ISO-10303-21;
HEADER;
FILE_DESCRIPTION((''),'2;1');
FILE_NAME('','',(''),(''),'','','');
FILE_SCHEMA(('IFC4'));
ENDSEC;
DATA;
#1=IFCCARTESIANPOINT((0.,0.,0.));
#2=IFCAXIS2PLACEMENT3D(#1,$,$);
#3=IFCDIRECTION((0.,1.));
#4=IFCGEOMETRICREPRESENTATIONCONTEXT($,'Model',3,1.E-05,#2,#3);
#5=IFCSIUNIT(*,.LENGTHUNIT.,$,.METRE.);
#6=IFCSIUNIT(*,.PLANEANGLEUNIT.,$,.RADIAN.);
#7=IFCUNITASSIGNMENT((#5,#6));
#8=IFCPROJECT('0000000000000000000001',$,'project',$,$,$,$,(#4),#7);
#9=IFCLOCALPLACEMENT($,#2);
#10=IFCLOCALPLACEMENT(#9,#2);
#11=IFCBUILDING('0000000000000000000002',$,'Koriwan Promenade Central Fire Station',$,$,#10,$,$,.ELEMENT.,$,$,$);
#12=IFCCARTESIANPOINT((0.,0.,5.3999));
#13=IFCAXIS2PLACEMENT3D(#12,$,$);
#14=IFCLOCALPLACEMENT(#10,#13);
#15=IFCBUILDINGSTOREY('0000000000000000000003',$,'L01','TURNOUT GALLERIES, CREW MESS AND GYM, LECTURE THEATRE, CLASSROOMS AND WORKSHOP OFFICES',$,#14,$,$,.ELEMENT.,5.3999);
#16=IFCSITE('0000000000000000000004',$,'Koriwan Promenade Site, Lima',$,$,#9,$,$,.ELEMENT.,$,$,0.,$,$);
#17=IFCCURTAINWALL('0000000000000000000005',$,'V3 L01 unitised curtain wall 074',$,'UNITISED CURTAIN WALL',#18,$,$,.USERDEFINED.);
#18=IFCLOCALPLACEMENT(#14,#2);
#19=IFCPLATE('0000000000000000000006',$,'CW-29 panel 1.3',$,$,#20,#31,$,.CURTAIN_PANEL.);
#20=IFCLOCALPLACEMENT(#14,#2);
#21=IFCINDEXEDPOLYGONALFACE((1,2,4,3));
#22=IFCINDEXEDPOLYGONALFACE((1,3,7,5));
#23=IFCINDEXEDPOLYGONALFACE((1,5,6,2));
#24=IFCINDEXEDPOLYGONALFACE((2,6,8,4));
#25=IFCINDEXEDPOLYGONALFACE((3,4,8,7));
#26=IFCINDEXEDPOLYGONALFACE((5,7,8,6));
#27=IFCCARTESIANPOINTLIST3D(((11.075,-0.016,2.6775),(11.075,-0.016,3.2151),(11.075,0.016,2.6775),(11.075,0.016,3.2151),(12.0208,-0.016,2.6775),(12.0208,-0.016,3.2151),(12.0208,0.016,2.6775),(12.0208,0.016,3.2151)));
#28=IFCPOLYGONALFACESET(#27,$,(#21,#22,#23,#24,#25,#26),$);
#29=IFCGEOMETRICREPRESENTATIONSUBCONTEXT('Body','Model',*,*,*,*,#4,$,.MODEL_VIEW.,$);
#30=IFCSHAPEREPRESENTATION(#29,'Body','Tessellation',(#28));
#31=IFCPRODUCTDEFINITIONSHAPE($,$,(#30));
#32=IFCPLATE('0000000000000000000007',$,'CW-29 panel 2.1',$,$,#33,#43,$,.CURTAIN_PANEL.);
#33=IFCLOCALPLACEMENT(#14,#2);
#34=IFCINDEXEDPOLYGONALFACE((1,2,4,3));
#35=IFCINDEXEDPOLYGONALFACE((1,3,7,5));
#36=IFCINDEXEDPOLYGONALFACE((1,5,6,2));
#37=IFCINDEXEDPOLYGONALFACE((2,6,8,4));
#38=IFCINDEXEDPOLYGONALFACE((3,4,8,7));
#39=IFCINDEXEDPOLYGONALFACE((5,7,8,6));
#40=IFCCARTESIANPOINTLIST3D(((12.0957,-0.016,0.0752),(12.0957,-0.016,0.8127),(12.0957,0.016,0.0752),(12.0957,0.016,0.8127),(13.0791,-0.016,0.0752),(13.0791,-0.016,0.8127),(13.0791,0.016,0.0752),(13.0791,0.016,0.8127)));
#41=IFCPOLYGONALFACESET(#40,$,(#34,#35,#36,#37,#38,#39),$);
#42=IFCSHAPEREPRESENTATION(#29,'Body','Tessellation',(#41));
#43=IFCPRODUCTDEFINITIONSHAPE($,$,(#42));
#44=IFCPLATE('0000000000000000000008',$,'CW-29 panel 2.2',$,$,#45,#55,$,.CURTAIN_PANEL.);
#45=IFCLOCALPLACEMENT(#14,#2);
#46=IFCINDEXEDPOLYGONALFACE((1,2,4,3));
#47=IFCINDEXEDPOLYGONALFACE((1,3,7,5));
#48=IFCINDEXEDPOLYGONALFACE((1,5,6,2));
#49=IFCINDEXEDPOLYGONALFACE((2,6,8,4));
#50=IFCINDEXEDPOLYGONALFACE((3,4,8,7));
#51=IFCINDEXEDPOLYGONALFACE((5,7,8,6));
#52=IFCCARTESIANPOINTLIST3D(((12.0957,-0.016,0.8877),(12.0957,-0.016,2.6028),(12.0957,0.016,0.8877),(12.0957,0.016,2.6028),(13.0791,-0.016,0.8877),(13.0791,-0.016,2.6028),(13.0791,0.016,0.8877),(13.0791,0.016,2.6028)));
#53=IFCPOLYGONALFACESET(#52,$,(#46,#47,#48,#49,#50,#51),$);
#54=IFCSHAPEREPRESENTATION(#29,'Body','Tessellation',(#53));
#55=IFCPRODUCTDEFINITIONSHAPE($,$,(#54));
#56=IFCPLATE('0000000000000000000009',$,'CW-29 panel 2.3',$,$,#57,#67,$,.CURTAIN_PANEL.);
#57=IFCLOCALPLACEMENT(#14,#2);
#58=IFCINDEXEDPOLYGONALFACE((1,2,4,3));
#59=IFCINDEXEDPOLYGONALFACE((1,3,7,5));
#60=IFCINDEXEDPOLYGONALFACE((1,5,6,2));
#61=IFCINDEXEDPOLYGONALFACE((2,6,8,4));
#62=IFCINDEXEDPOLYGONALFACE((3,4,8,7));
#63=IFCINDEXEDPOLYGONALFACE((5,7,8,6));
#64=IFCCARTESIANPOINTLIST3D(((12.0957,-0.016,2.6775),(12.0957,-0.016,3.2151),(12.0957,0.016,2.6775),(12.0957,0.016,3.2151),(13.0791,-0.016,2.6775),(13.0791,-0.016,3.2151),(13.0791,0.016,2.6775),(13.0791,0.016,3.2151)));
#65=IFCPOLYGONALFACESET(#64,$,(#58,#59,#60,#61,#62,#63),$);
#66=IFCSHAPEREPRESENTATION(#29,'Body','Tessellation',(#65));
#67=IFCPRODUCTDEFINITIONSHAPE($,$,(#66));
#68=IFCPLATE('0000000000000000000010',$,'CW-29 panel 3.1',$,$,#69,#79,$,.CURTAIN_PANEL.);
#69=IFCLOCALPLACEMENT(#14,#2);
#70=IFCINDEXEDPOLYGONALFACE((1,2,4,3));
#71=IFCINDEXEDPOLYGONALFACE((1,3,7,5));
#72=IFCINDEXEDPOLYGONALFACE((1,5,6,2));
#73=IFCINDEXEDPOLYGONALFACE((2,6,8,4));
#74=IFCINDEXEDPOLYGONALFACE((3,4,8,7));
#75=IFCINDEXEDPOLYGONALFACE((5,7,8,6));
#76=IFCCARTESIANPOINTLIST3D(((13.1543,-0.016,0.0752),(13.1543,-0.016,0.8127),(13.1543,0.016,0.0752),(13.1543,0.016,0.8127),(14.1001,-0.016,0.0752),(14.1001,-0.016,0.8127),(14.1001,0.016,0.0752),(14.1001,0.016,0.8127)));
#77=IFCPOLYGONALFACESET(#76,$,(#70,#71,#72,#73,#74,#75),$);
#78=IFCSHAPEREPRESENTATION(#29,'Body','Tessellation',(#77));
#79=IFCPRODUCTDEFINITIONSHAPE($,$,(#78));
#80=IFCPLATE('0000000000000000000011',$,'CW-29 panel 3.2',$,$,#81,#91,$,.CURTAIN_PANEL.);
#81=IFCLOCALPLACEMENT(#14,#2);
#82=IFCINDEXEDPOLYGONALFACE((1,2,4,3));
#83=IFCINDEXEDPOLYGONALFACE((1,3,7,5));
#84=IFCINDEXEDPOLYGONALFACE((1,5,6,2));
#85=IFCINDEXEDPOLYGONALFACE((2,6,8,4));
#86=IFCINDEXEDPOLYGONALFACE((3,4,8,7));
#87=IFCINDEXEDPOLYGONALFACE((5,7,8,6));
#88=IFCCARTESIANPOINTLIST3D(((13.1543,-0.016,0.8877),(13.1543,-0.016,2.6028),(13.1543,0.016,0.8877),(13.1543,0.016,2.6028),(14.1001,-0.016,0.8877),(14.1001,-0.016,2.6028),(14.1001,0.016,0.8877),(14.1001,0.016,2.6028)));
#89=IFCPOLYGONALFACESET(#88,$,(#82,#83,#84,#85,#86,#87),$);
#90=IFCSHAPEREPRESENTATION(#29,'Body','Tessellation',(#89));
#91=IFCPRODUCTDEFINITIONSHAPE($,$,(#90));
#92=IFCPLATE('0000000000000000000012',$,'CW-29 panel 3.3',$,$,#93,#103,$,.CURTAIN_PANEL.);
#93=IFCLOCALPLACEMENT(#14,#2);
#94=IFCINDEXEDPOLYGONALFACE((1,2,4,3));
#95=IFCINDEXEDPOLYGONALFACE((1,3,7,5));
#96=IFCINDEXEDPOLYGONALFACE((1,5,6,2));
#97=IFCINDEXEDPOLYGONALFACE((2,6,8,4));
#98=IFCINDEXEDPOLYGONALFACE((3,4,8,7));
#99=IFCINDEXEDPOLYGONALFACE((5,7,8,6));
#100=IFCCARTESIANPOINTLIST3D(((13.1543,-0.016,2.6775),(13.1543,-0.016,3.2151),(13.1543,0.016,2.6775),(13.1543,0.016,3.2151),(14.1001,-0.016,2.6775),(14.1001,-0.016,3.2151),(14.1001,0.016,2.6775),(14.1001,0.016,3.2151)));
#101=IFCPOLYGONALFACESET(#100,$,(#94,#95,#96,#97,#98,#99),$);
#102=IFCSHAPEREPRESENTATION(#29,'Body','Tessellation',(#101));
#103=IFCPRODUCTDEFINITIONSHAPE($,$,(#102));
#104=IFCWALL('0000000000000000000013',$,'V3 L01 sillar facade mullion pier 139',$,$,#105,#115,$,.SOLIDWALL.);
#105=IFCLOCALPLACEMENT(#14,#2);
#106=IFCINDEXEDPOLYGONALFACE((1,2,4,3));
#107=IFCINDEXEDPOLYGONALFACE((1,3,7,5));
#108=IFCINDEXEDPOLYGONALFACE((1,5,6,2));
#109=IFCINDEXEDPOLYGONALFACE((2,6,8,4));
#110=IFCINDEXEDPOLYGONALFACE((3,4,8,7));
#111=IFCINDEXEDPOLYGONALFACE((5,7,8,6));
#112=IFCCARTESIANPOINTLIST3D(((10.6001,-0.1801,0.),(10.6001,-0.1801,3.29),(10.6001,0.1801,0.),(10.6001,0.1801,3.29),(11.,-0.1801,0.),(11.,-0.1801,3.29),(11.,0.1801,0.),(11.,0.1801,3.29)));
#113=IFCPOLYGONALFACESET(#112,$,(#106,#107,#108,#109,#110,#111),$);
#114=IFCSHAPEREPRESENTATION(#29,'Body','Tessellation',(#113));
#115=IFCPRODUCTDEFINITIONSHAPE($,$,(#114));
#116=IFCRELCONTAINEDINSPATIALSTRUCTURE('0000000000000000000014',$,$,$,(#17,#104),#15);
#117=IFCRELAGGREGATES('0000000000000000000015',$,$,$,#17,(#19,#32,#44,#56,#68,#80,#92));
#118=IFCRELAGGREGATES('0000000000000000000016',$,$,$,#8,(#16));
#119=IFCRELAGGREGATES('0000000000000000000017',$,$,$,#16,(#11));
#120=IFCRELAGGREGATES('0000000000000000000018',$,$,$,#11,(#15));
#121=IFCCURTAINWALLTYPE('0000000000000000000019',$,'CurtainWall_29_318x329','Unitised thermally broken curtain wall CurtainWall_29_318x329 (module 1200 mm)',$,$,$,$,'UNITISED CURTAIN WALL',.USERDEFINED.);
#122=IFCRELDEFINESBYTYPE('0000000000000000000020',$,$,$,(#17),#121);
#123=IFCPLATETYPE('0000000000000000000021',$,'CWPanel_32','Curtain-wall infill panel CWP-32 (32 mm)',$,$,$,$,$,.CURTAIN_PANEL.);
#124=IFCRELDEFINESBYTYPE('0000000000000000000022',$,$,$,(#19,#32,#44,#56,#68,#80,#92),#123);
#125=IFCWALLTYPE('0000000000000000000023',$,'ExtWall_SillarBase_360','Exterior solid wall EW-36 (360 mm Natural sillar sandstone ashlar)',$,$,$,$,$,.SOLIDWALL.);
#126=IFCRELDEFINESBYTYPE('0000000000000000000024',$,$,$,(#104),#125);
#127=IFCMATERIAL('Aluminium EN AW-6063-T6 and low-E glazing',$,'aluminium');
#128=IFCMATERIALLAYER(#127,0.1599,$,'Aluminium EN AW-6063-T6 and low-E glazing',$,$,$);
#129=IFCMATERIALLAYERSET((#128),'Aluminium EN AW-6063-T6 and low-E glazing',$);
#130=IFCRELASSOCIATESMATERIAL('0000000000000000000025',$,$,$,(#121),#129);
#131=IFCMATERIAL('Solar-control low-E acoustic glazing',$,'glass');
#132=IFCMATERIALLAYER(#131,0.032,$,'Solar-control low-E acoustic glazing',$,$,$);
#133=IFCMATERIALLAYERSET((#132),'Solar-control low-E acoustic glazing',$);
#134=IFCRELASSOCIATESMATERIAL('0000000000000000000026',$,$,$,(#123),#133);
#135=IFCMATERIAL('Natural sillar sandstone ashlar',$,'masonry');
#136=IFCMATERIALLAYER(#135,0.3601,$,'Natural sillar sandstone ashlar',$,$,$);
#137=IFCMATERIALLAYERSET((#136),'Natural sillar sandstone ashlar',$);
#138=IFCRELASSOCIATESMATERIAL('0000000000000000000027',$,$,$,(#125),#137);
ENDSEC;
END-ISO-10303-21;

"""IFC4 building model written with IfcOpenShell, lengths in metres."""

from ifc_helpers import new_model, si_unit, direction, frame, frame_2d, origin, origin_2d, place, context, subcontext, project, spatial, rectangle, extrude, material, layer, layer_set, type_object, element, aggregate, save


model = new_model("IFC4")

# Units and contexts
model_context = context("Model", 3, precision=1e-05, world=origin(), true_north=direction((0.0, 1.0)))
body_context = subcontext(model_context, "Body", "Model", "MODEL_VIEW")
ifc_project = project(units=[si_unit("LENGTHUNIT", "METRE"), si_unit("PLANEANGLEUNIT", "RADIAN")], contexts=[model_context])

# Site, building, storey
site_placement = place(None, origin())
site = spatial("IfcSite", under=ifc_project, at=site_placement, Name="Koriwan Promenade Site, Lima", CompositionType="ELEMENT", RefElevation=0.0)
building_placement = place(site_placement, origin())
building = spatial("IfcBuilding", under=site, at=building_placement, Name="Koriwan Promenade Central Fire Station", CompositionType="ELEMENT")
storey_placement = place(building_placement, frame((0.0, 0.0, 5.3999)))
storey = spatial("IfcBuildingStorey", under=building, at=storey_placement, Name="L01", Description="TURNOUT GALLERIES, CREW MESS AND GYM, LECTURE THEATRE, CLASSROOMS AND WORKSHOP OFFICES", CompositionType="ELEMENT", Elevation=5.3999)

# Shared definitions
ifc_material_1 = material(Name="Aluminium EN AW-6063-T6 and low-E glazing", Category="aluminium")

# Curtain wall
ifc_layer_1 = layer(ifc_material_1, 0.1599, Name="Aluminium EN AW-6063-T6 and low-E glazing")
ifc_layer_set_1 = layer_set([ifc_layer_1], Name="Aluminium EN AW-6063-T6 and low-E glazing")
curtain_wall_type_1 = type_object("IfcCurtainWallType", Name="CurtainWall_29_318x329", Description="Unitised thermally broken curtain wall CurtainWall_29_318x329 (module 1200 mm)", ElementType="UNITISED CURTAIN WALL", PredefinedType="USERDEFINED", material=ifc_layer_set_1)
curtain_wall_1_placement = place(storey_placement, origin())
curtain_wall_1 = element("IfcCurtainWall", 1, at=curtain_wall_1_placement, inside=storey, type_object=curtain_wall_type_1, Name="V3 L01 unitised curtain wall 074", ObjectType="UNITISED CURTAIN WALL", PredefinedType="USERDEFINED")

# Plates
ifc_material_2 = material(Name="Solar-control low-E acoustic glazing", Category="glass")
ifc_layer_2 = layer(ifc_material_2, 0.032, Name="Solar-control low-E acoustic glazing")
ifc_layer_set_2 = layer_set([ifc_layer_2], Name="Solar-control low-E acoustic glazing")
plate_type = type_object("IfcPlateType", Name="CWPanel_32", Description="Curtain-wall infill panel CWP-32 (32 mm)", PredefinedType="CURTAIN_PANEL", material=ifc_layer_set_2)
plate_1_placement = place(storey_placement, frame((11.5479, 0.0, 2.6775), z_axis=(0.0, 0.0, 1.0), x_axis=(1.0, 0.0, 0.0)))
plate_1 = element("IfcPlate", 2, at=plate_1_placement, type_object=plate_type, Name="CW-29 panel 1.3", PredefinedType="CURTAIN_PANEL", context=body_context, shape_type="SweptSolid", body=[
    extrude(rectangle(XDim=0.9458, YDim=0.032, at=origin_2d()), origin(), (0.0, 0.0, 1.0), 0.5376),
])
plate_2_placement = place(storey_placement, frame((12.5874, 0.0, 0.0752), z_axis=(0.0, 0.0, 1.0), x_axis=(1.0, 0.0, 0.0)))
plate_2 = element("IfcPlate", 3, at=plate_2_placement, type_object=plate_type, Name="CW-29 panel 2.1", PredefinedType="CURTAIN_PANEL", context=body_context, shape_type="SweptSolid", body=[
    extrude(rectangle(XDim=0.9834, YDim=0.032, at=origin_2d()), origin(), (0.0, 0.0, 1.0), 0.7375),
])
plate_3_placement = place(storey_placement, frame((12.5874, 0.0, 0.8877), z_axis=(0.0, 0.0, 1.0), x_axis=(1.0, 0.0, 0.0)))
plate_3 = element("IfcPlate", 4, at=plate_3_placement, type_object=plate_type, Name="CW-29 panel 2.2", PredefinedType="CURTAIN_PANEL", context=body_context, shape_type="SweptSolid", body=[
    extrude(rectangle(XDim=0.9834, YDim=0.032, at=origin_2d()), origin(), (0.0, 0.0, 1.0), 1.7151),
])
plate_4_placement = place(storey_placement, frame((12.5874, 0.0, 2.6775), z_axis=(0.0, 0.0, 1.0), x_axis=(1.0, 0.0, 0.0)))
plate_4 = element("IfcPlate", 5, at=plate_4_placement, type_object=plate_type, Name="CW-29 panel 2.3", PredefinedType="CURTAIN_PANEL", context=body_context, shape_type="SweptSolid", body=[
    extrude(rectangle(XDim=0.9834, YDim=0.032, at=origin_2d()), origin(), (0.0, 0.0, 1.0), 0.5376),
])
plate_5_placement = place(storey_placement, frame((13.6272, 0.0, 0.0752), z_axis=(0.0, 0.0, 1.0), x_axis=(1.0, 0.0, 0.0)))
plate_5 = element("IfcPlate", 6, at=plate_5_placement, type_object=plate_type, Name="CW-29 panel 3.1", PredefinedType="CURTAIN_PANEL", context=body_context, shape_type="SweptSolid", body=[
    extrude(rectangle(XDim=0.9458, YDim=0.032, at=origin_2d()), origin(), (0.0, 0.0, 1.0), 0.7375),
])
plate_6_placement = place(storey_placement, frame((13.6272, 0.0, 0.8877), z_axis=(0.0, 0.0, 1.0), x_axis=(1.0, 0.0, 0.0)))
plate_6 = element("IfcPlate", 7, at=plate_6_placement, type_object=plate_type, Name="CW-29 panel 3.2", PredefinedType="CURTAIN_PANEL", context=body_context, shape_type="SweptSolid", body=[
    extrude(rectangle(XDim=0.9458, YDim=0.032, at=origin_2d()), origin(), (0.0, 0.0, 1.0), 1.7151),
])
plate_7_placement = place(storey_placement, frame((13.6272, 0.0, 2.6775), z_axis=(0.0, 0.0, 1.0), x_axis=(1.0, 0.0, 0.0)))
plate_7 = element("IfcPlate", 8, at=plate_7_placement, type_object=plate_type, Name="CW-29 panel 3.3", PredefinedType="CURTAIN_PANEL", context=body_context, shape_type="SweptSolid", body=[
    extrude(rectangle(XDim=0.9458, YDim=0.032, at=origin_2d()), origin(), (0.0, 0.0, 1.0), 0.5376),
])
aggregate(curtain_wall_1, [plate_1, plate_2, plate_3, plate_4, plate_5, plate_6, plate_7])

# Wall
ifc_material_3 = material(Name="Natural sillar sandstone ashlar", Category="masonry")
ifc_layer_3 = layer(ifc_material_3, 0.3601, Name="Natural sillar sandstone ashlar")
ifc_layer_set_3 = layer_set([ifc_layer_3], Name="Natural sillar sandstone ashlar")
wall_type = type_object("IfcWallType", Name="ExtWall_SillarBase_360", Description="Exterior solid wall EW-36 (360 mm Natural sillar sandstone ashlar)", PredefinedType="SOLIDWALL", material=ifc_layer_set_3)
wall_placement = place(storey_placement, frame((10.6001, 0.0, 0.0), z_axis=(0.0, 0.0, 1.0), x_axis=(1.0, 0.0, 0.0)))
element("IfcWall", 9, at=wall_placement, inside=storey, type_object=wall_type, Name="V3 L01 sillar facade mullion pier 139", PredefinedType="SOLIDWALL", context=body_context, shape_type="SweptSolid", body=[
    extrude(rectangle(XDim=0.3999, YDim=0.3601, at=frame_2d((0.2, 0.0))), origin(), (0.0, 0.0, 1.0), 3.29),
])

save(model, "model.ifc")
